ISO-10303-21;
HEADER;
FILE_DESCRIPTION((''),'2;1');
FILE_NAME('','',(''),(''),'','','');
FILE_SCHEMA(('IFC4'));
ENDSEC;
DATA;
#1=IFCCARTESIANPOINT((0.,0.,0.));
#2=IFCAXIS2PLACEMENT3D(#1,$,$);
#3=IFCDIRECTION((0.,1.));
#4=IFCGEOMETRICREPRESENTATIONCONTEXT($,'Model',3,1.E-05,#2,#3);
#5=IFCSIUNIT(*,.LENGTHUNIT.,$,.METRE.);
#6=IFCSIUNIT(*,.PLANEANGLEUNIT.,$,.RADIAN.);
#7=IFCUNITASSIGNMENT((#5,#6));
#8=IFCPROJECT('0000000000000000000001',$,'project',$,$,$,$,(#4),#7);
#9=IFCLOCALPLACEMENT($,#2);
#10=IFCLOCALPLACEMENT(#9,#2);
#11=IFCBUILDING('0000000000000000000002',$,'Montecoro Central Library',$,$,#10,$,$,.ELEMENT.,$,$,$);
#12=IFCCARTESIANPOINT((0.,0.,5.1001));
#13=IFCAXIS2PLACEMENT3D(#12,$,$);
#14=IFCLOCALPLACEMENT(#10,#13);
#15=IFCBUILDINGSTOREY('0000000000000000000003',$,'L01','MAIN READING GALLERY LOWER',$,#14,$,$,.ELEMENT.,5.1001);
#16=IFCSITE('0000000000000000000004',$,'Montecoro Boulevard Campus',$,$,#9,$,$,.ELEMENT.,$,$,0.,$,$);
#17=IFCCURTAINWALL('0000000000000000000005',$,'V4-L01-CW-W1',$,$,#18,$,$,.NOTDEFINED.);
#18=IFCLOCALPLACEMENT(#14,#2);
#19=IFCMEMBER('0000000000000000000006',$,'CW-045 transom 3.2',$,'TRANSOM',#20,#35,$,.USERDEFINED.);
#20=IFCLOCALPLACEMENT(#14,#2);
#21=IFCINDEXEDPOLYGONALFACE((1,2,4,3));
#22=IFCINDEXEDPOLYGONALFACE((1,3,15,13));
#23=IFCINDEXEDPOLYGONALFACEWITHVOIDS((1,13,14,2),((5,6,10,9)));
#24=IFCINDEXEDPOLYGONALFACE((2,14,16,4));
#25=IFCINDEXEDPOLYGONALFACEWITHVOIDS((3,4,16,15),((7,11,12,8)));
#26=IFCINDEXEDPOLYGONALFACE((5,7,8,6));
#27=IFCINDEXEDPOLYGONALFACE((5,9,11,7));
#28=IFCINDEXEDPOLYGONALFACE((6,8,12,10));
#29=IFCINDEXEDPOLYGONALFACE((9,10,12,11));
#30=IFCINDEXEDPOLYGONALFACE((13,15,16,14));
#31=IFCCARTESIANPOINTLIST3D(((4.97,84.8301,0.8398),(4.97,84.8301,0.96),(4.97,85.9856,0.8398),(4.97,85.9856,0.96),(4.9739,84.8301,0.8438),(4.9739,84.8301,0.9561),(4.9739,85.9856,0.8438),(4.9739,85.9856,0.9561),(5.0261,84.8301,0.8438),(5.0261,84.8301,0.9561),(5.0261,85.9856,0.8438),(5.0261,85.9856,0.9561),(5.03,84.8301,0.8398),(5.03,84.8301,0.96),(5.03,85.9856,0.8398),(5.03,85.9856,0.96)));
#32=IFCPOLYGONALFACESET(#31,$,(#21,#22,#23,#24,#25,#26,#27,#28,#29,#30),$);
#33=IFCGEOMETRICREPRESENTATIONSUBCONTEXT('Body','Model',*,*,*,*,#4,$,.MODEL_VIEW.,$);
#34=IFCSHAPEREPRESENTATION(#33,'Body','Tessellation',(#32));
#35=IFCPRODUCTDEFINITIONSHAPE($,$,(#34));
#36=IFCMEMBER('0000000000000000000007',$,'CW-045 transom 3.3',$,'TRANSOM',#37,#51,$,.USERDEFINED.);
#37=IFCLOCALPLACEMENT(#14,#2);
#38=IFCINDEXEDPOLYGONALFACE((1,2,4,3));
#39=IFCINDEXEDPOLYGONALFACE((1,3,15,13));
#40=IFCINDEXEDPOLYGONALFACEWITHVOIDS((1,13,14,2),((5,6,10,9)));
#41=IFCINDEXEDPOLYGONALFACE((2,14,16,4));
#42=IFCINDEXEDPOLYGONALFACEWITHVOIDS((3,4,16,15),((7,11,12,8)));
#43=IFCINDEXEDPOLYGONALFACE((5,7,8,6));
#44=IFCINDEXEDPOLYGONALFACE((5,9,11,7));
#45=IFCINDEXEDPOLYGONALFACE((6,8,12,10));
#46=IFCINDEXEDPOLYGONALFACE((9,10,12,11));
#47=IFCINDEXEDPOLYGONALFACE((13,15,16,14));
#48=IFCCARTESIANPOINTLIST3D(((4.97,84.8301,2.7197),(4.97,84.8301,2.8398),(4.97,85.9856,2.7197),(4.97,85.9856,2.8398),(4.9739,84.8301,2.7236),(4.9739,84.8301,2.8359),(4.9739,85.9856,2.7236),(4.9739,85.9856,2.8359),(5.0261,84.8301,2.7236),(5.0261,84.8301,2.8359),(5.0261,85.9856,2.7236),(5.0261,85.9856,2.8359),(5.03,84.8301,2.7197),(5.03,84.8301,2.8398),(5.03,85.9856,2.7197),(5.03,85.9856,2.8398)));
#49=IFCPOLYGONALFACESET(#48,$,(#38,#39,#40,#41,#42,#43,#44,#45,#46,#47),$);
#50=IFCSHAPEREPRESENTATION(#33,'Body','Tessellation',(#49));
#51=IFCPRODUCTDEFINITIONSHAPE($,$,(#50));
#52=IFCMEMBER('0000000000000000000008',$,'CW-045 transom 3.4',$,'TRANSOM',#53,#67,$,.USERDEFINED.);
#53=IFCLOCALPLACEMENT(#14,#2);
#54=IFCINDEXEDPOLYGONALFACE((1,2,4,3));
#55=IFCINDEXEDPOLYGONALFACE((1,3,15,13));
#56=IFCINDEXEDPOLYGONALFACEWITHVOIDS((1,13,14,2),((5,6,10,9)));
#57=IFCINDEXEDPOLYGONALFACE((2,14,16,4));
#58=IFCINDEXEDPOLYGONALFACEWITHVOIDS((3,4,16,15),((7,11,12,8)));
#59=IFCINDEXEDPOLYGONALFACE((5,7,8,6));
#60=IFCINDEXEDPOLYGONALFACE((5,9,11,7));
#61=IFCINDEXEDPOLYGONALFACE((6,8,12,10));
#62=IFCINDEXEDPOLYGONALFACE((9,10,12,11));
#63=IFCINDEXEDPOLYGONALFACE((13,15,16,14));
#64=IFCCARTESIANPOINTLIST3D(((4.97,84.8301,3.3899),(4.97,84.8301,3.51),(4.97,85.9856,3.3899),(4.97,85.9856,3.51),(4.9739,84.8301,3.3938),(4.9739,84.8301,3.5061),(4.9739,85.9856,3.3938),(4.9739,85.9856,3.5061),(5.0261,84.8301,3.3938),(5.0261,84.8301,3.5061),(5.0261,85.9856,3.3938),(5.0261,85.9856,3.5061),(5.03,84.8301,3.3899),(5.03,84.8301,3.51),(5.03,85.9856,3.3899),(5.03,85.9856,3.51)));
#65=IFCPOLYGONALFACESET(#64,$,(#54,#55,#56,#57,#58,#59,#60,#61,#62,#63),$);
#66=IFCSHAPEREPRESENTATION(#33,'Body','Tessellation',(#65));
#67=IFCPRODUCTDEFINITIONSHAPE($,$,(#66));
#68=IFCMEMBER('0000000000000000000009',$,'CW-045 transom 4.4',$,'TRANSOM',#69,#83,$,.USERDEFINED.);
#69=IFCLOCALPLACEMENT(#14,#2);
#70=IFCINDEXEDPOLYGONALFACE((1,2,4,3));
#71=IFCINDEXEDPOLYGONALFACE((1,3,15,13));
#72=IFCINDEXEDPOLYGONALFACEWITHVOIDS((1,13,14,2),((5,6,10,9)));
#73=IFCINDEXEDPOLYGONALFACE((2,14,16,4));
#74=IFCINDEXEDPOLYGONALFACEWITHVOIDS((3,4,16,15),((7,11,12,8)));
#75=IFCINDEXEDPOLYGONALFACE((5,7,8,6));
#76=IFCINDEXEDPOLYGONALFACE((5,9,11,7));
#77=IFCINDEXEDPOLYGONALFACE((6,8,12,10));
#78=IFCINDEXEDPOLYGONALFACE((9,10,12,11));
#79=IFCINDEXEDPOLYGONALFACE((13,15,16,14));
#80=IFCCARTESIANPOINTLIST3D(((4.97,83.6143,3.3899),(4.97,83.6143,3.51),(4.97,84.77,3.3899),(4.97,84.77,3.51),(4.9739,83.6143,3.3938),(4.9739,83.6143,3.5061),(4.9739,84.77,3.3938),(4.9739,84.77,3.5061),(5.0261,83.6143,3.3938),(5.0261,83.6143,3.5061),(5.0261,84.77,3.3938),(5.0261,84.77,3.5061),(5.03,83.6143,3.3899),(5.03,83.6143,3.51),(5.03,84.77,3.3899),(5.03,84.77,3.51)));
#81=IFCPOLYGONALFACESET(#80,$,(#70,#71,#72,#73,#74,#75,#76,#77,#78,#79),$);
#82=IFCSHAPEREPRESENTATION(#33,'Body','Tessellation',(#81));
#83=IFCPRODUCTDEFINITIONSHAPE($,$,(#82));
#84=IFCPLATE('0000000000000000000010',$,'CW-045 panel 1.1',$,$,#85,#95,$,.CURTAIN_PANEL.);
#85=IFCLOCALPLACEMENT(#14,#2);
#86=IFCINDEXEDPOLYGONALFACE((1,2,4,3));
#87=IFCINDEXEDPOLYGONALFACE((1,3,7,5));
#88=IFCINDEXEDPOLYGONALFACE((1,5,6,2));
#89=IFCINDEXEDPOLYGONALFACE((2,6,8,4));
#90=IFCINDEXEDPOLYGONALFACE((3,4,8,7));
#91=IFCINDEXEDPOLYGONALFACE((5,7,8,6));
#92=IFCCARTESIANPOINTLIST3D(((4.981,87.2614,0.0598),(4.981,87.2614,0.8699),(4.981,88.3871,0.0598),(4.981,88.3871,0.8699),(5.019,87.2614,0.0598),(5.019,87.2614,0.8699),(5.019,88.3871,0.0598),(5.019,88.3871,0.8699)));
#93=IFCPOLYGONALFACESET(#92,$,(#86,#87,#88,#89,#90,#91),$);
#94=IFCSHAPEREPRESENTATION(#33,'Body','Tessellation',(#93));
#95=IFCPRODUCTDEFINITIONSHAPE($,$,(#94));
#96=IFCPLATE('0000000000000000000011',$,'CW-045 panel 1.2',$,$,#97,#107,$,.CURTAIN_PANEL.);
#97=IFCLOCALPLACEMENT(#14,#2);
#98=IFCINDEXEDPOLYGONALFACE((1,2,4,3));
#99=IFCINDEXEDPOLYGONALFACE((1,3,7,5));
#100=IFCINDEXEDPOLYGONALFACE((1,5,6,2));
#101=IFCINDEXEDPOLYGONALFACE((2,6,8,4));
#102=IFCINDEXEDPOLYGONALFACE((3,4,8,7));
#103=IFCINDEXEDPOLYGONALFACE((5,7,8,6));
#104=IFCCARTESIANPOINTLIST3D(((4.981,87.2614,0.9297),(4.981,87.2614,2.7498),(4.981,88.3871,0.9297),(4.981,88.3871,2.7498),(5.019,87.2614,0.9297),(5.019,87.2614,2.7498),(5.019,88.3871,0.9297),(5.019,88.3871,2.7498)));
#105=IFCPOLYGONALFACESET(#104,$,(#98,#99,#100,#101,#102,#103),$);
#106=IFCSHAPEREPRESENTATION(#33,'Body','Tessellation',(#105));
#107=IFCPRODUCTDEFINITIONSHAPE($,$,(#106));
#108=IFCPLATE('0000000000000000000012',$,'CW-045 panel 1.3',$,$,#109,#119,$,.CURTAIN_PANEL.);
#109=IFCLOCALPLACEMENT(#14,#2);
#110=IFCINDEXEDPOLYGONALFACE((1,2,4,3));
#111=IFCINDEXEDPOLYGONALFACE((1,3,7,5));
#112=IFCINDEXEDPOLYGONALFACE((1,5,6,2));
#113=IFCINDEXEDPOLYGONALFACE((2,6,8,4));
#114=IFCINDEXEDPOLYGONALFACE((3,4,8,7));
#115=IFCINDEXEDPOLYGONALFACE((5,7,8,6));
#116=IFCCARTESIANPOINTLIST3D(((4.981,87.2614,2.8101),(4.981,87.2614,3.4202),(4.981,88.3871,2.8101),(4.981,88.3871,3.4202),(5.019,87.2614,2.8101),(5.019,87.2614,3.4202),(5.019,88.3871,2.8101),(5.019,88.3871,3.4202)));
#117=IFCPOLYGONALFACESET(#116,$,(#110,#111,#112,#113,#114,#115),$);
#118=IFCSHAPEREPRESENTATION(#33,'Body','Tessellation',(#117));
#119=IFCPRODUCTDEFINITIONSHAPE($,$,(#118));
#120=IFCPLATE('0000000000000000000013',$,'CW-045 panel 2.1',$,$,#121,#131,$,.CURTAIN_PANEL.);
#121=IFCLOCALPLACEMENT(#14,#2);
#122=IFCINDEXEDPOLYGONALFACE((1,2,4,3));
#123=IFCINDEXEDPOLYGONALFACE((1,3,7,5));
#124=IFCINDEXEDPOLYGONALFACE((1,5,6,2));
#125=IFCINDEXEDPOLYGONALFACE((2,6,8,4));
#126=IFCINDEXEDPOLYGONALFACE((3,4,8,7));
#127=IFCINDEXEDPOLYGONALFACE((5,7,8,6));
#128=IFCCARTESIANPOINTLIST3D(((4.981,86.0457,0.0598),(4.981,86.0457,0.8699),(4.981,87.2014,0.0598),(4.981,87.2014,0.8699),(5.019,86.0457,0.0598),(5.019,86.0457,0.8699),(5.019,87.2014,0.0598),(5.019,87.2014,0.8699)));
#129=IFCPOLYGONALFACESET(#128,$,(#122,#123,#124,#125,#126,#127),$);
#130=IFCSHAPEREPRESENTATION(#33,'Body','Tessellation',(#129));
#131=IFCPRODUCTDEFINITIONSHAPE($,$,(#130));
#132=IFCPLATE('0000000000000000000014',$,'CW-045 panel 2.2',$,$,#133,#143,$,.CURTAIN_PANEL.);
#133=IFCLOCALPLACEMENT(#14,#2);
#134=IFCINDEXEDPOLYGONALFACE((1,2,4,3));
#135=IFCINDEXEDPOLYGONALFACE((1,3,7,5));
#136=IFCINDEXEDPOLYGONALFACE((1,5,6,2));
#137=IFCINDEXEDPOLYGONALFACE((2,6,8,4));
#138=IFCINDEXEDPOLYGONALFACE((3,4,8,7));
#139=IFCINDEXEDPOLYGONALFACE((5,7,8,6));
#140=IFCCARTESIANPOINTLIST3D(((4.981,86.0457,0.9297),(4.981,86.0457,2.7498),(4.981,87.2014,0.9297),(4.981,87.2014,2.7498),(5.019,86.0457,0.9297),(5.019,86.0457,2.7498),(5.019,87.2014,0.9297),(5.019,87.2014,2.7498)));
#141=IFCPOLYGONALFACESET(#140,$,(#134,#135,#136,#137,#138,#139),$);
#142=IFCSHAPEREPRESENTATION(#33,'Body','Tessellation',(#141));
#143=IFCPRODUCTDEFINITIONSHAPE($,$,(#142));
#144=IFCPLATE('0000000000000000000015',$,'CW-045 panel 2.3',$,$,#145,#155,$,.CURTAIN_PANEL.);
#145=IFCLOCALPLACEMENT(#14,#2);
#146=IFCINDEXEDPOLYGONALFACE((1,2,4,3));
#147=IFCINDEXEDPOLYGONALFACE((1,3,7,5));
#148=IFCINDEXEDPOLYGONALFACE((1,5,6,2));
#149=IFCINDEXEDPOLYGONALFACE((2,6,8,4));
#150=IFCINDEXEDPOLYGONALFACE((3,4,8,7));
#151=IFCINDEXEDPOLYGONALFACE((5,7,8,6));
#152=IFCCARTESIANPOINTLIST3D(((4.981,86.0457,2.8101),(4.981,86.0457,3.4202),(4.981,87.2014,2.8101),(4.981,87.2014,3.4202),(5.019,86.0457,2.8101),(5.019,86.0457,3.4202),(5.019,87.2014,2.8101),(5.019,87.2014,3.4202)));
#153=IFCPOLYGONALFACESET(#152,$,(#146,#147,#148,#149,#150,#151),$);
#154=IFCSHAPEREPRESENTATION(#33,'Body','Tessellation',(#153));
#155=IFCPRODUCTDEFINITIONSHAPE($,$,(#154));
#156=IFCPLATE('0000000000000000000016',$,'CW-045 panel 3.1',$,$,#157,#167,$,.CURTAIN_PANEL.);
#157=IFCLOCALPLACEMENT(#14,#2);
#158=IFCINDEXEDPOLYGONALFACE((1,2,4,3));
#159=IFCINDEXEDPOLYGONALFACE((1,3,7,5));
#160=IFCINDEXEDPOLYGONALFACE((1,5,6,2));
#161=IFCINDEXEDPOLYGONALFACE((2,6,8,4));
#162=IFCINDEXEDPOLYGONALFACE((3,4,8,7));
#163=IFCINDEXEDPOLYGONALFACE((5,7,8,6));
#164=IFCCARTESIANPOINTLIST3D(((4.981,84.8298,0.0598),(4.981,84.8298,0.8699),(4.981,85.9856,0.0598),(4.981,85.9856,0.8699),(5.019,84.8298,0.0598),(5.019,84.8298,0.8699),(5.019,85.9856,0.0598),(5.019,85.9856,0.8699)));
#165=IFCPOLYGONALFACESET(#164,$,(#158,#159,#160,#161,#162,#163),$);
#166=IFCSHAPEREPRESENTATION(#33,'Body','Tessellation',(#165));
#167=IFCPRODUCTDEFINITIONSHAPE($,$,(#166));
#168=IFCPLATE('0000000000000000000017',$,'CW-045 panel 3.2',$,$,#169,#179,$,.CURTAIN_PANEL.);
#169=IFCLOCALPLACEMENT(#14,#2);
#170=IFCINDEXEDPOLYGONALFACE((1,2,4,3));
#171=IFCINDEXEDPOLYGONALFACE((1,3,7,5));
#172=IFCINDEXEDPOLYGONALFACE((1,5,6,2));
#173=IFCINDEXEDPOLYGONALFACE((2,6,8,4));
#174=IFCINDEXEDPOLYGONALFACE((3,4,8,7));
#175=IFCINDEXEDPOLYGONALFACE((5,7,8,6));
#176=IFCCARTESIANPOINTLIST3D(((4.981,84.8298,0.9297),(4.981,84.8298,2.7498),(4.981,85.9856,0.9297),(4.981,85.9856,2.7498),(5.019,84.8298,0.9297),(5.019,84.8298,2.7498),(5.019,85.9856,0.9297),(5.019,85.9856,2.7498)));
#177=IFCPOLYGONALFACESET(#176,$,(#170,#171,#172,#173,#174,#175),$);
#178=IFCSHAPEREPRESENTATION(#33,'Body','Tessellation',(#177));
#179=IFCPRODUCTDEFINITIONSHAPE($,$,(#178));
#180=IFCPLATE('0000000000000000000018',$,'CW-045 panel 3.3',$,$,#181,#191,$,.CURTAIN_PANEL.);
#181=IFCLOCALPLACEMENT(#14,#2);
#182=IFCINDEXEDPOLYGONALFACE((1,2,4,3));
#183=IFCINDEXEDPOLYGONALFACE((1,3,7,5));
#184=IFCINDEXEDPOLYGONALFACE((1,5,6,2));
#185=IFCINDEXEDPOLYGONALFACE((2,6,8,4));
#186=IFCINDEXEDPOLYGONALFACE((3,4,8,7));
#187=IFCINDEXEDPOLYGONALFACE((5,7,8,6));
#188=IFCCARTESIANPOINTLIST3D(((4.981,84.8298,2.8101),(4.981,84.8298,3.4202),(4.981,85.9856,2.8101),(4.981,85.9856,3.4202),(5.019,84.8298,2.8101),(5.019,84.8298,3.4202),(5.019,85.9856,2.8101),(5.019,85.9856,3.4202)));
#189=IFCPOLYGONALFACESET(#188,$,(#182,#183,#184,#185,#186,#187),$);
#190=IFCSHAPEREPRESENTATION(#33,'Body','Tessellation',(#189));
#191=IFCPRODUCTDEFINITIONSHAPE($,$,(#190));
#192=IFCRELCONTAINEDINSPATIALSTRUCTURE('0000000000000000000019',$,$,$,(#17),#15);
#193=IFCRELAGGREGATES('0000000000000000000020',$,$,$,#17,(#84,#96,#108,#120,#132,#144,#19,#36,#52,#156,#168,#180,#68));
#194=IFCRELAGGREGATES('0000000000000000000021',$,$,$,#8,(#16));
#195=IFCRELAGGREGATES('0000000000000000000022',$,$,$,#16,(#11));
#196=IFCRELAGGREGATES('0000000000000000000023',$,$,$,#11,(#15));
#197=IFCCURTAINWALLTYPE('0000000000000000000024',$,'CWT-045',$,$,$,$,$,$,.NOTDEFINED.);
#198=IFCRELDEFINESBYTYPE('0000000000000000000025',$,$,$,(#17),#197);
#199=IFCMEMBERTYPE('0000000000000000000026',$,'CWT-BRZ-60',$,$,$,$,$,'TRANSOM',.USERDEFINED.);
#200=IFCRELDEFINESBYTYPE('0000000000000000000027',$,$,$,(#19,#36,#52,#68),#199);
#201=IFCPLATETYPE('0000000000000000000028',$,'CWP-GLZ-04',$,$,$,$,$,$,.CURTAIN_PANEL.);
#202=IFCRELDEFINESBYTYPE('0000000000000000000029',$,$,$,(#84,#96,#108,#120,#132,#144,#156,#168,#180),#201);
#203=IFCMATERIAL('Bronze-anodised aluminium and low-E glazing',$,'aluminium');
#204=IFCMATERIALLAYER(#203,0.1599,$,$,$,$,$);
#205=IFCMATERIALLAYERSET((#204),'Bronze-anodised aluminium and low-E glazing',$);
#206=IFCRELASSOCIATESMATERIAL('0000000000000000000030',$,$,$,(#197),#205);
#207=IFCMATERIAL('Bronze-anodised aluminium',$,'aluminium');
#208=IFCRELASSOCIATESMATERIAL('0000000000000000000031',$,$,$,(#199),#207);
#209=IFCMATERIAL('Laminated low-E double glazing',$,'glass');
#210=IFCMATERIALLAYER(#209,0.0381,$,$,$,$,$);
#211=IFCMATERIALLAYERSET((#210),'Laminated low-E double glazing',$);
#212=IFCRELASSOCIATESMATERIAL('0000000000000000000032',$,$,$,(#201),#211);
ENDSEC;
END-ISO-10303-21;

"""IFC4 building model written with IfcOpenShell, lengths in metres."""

from ifc_helpers import new_model, si_unit, direction, frame, origin, origin_2d, place, context, subcontext, project, spatial, rectangle, hollow_rectangle, extrude, material, layer, layer_set, material_profile, profile_set, type_object, element, aggregate, save


model = new_model("IFC4")

# Units and contexts
model_context = context("Model", 3, precision=1e-05, world=origin(), true_north=direction((0.0, 1.0)))
body_context = subcontext(model_context, "Body", "Model", "MODEL_VIEW")
ifc_project = project(units=[si_unit("LENGTHUNIT", "METRE"), si_unit("PLANEANGLEUNIT", "RADIAN")], contexts=[model_context])

# Site, building, storey
site_placement = place(None, origin())
site = spatial("IfcSite", under=ifc_project, at=site_placement, Name="Montecoro Boulevard Campus", CompositionType="ELEMENT", RefElevation=0.0)
building_placement = place(site_placement, origin())
building = spatial("IfcBuilding", under=site, at=building_placement, Name="Montecoro Central Library", CompositionType="ELEMENT")
storey_placement = place(building_placement, frame((0.0, 0.0, 5.1001)))
storey = spatial("IfcBuildingStorey", under=building, at=storey_placement, Name="L01", Description="MAIN READING GALLERY LOWER", CompositionType="ELEMENT", Elevation=5.1001)

# Curtain wall, members, plates
ifc_material_1 = material(Name="Bronze-anodised aluminium and low-E glazing", Category="aluminium")
ifc_layer_1 = layer(ifc_material_1, 0.1599)
ifc_layer_set_1 = layer_set([ifc_layer_1], Name="Bronze-anodised aluminium and low-E glazing")
curtain_wall_type = type_object("IfcCurtainWallType", Name="CWT-045", PredefinedType="NOTDEFINED", material=ifc_layer_set_1)
curtain_wall_placement = place(storey_placement, origin())
curtain_wall = element("IfcCurtainWall", 1, at=curtain_wall_placement, inside=storey, type_object=curtain_wall_type, Name="V4-L01-CW-W1", PredefinedType="NOTDEFINED")
ifc_material_2 = material(Name="Bronze-anodised aluminium", Category="aluminium")
ifc_material_profile_1 = material_profile(ifc_material_2, hollow_rectangle(XDim=0.0601, YDim=0.1201, WallThickness=0.0039, at=origin_2d()), Name="CWT 120x60x4.0")
ifc_profile_set_1 = profile_set([ifc_material_profile_1], Name="Bronze-anodised aluminium")
member_type_1 = type_object("IfcMemberType", Name="CWT-BRZ-60", ElementType="TRANSOM", PredefinedType="USERDEFINED", material=ifc_profile_set_1)
member_1_placement = place(storey_placement, frame((5.0, 85.9856, 0.8999), z_axis=(0.0, -1.0, 0.0), x_axis=(1.0, 0.0, 0.0)))
member_1 = element("IfcMember", 2, at=member_1_placement, type_object=member_type_1, Name="CW-045 transom 3.2", ObjectType="TRANSOM", PredefinedType="USERDEFINED", context=body_context, shape_type="SweptSolid", body=[
    extrude(hollow_rectangle(XDim=0.0601, YDim=0.1201, WallThickness=0.0039, at=origin_2d()), origin(), (0.0, 0.0, 1.0), 1.1555),
])
member_2_placement = place(storey_placement, frame((5.0, 85.9856, 2.7798), z_axis=(0.0, -1.0, 0.0), x_axis=(1.0, 0.0, 0.0)))
member_2 = element("IfcMember", 3, at=member_2_placement, type_object=member_type_1, Name="CW-045 transom 3.3", ObjectType="TRANSOM", PredefinedType="USERDEFINED", context=body_context, shape_type="SweptSolid", body=[
    extrude(hollow_rectangle(XDim=0.0601, YDim=0.1201, WallThickness=0.0039, at=origin_2d()), origin(), (0.0, 0.0, 1.0), 1.1555),
])
member_3_placement = place(storey_placement, frame((5.0, 85.9856, 3.45), z_axis=(0.0, -1.0, 0.0), x_axis=(1.0, 0.0, 0.0)))
member_3 = element("IfcMember", 4, at=member_3_placement, type_object=member_type_1, Name="CW-045 transom 3.4", ObjectType="TRANSOM", PredefinedType="USERDEFINED", context=body_context, shape_type="SweptSolid", body=[
    extrude(hollow_rectangle(XDim=0.0601, YDim=0.1201, WallThickness=0.0039, at=origin_2d()), origin(), (0.0, 0.0, 1.0), 1.1555),
])
member_4_placement = place(storey_placement, frame((5.0, 84.77, 3.45), z_axis=(0.0, -1.0, 0.0), x_axis=(1.0, 0.0, 0.0)))
member_4 = element("IfcMember", 5, at=member_4_placement, type_object=member_type_1, Name="CW-045 transom 4.4", ObjectType="TRANSOM", PredefinedType="USERDEFINED", context=body_context, shape_type="SweptSolid", body=[
    extrude(hollow_rectangle(XDim=0.0601, YDim=0.1201, WallThickness=0.0039, at=origin_2d()), origin(), (0.0, 0.0, 1.0), 1.1558),
])
ifc_material_3 = material(Name="Laminated low-E double glazing", Category="glass")
ifc_layer_2 = layer(ifc_material_3, 0.0381)
ifc_layer_set_2 = layer_set([ifc_layer_2], Name="Laminated low-E double glazing")
plate_type = type_object("IfcPlateType", Name="CWP-GLZ-04", PredefinedType="CURTAIN_PANEL", material=ifc_layer_set_2)
plate_1_placement = place(storey_placement, frame((5.0, 87.8242, 0.0598), z_axis=(0.0, 0.0, 1.0), x_axis=(0.0, -1.0, 0.0)))
plate_1 = element("IfcPlate", 6, at=plate_1_placement, type_object=plate_type, Name="CW-045 panel 1.1", PredefinedType="CURTAIN_PANEL", context=body_context, shape_type="SweptSolid", body=[
    extrude(rectangle(XDim=1.1257, YDim=0.0381, at=origin_2d()), origin(), (0.0, 0.0, 1.0), 0.8101),
])
plate_2_placement = place(storey_placement, frame((5.0, 87.8242, 0.9297), z_axis=(0.0, 0.0, 1.0), x_axis=(0.0, -1.0, 0.0)))
plate_2 = element("IfcPlate", 7, at=plate_2_placement, type_object=plate_type, Name="CW-045 panel 1.2", PredefinedType="CURTAIN_PANEL", context=body_context, shape_type="SweptSolid", body=[
    extrude(rectangle(XDim=1.1257, YDim=0.0381, at=origin_2d()), origin(), (0.0, 0.0, 1.0), 1.8201),
])
plate_3_placement = place(storey_placement, frame((5.0, 87.8242, 2.8101), z_axis=(0.0, 0.0, 1.0), x_axis=(0.0, -1.0, 0.0)))
plate_3 = element("IfcPlate", 8, at=plate_3_placement, type_object=plate_type, Name="CW-045 panel 1.3", PredefinedType="CURTAIN_PANEL", context=body_context, shape_type="SweptSolid", body=[
    extrude(rectangle(XDim=1.1257, YDim=0.0381, at=origin_2d()), origin(), (0.0, 0.0, 1.0), 0.6101),
])
plate_4_placement = place(storey_placement, frame((5.0, 86.6235, 0.0598), z_axis=(0.0, 0.0, 1.0), x_axis=(0.0, -1.0, 0.0)))
plate_4 = element("IfcPlate", 9, at=plate_4_placement, type_object=plate_type, Name="CW-045 panel 2.1", PredefinedType="CURTAIN_PANEL", context=body_context, shape_type="SweptSolid", body=[
    extrude(rectangle(XDim=1.1558, YDim=0.0381, at=origin_2d()), origin(), (0.0, 0.0, 1.0), 0.8101),
])
plate_5_placement = place(storey_placement, frame((5.0, 86.6235, 0.9297), z_axis=(0.0, 0.0, 1.0), x_axis=(0.0, -1.0, 0.0)))
plate_5 = element("IfcPlate", 10, at=plate_5_placement, type_object=plate_type, Name="CW-045 panel 2.2", PredefinedType="CURTAIN_PANEL", context=body_context, shape_type="SweptSolid", body=[
    extrude(rectangle(XDim=1.1558, YDim=0.0381, at=origin_2d()), origin(), (0.0, 0.0, 1.0), 1.8201),
])
plate_6_placement = place(storey_placement, frame((5.0, 86.6235, 2.8101), z_axis=(0.0, 0.0, 1.0), x_axis=(0.0, -1.0, 0.0)))
plate_6 = element("IfcPlate", 11, at=plate_6_placement, type_object=plate_type, Name="CW-045 panel 2.3", PredefinedType="CURTAIN_PANEL", context=body_context, shape_type="SweptSolid", body=[
    extrude(rectangle(XDim=1.1558, YDim=0.0381, at=origin_2d()), origin(), (0.0, 0.0, 1.0), 0.6101),
])
plate_7_placement = place(storey_placement, frame((5.0, 85.4077, 0.0598), z_axis=(0.0, 0.0, 1.0), x_axis=(0.0, -1.0, 0.0)))
plate_7 = element("IfcPlate", 12, at=plate_7_placement, type_object=plate_type, Name="CW-045 panel 3.1", PredefinedType="CURTAIN_PANEL", context=body_context, shape_type="SweptSolid", body=[
    extrude(rectangle(XDim=1.1558, YDim=0.0381, at=origin_2d()), origin(), (0.0, 0.0, 1.0), 0.8101),
])
plate_8_placement = place(storey_placement, frame((5.0, 85.4077, 0.9297), z_axis=(0.0, 0.0, 1.0), x_axis=(0.0, -1.0, 0.0)))
plate_8 = element("IfcPlate", 13, at=plate_8_placement, type_object=plate_type, Name="CW-045 panel 3.2", PredefinedType="CURTAIN_PANEL", context=body_context, shape_type="SweptSolid", body=[
    extrude(rectangle(XDim=1.1558, YDim=0.0381, at=origin_2d()), origin(), (0.0, 0.0, 1.0), 1.8201),
])
plate_9_placement = place(storey_placement, frame((5.0, 85.4077, 2.8101), z_axis=(0.0, 0.0, 1.0), x_axis=(0.0, -1.0, 0.0)))
plate_9 = element("IfcPlate", 14, at=plate_9_placement, type_object=plate_type, Name="CW-045 panel 3.3", PredefinedType="CURTAIN_PANEL", context=body_context, shape_type="SweptSolid", body=[
    extrude(rectangle(XDim=1.1558, YDim=0.0381, at=origin_2d()), origin(), (0.0, 0.0, 1.0), 0.6101),
])
aggregate(curtain_wall, [plate_1, plate_2, plate_3, plate_4, plate_5, plate_6, member_1, member_2, member_3, plate_7, plate_8, plate_9, member_4])

save(model, "model.ifc")
